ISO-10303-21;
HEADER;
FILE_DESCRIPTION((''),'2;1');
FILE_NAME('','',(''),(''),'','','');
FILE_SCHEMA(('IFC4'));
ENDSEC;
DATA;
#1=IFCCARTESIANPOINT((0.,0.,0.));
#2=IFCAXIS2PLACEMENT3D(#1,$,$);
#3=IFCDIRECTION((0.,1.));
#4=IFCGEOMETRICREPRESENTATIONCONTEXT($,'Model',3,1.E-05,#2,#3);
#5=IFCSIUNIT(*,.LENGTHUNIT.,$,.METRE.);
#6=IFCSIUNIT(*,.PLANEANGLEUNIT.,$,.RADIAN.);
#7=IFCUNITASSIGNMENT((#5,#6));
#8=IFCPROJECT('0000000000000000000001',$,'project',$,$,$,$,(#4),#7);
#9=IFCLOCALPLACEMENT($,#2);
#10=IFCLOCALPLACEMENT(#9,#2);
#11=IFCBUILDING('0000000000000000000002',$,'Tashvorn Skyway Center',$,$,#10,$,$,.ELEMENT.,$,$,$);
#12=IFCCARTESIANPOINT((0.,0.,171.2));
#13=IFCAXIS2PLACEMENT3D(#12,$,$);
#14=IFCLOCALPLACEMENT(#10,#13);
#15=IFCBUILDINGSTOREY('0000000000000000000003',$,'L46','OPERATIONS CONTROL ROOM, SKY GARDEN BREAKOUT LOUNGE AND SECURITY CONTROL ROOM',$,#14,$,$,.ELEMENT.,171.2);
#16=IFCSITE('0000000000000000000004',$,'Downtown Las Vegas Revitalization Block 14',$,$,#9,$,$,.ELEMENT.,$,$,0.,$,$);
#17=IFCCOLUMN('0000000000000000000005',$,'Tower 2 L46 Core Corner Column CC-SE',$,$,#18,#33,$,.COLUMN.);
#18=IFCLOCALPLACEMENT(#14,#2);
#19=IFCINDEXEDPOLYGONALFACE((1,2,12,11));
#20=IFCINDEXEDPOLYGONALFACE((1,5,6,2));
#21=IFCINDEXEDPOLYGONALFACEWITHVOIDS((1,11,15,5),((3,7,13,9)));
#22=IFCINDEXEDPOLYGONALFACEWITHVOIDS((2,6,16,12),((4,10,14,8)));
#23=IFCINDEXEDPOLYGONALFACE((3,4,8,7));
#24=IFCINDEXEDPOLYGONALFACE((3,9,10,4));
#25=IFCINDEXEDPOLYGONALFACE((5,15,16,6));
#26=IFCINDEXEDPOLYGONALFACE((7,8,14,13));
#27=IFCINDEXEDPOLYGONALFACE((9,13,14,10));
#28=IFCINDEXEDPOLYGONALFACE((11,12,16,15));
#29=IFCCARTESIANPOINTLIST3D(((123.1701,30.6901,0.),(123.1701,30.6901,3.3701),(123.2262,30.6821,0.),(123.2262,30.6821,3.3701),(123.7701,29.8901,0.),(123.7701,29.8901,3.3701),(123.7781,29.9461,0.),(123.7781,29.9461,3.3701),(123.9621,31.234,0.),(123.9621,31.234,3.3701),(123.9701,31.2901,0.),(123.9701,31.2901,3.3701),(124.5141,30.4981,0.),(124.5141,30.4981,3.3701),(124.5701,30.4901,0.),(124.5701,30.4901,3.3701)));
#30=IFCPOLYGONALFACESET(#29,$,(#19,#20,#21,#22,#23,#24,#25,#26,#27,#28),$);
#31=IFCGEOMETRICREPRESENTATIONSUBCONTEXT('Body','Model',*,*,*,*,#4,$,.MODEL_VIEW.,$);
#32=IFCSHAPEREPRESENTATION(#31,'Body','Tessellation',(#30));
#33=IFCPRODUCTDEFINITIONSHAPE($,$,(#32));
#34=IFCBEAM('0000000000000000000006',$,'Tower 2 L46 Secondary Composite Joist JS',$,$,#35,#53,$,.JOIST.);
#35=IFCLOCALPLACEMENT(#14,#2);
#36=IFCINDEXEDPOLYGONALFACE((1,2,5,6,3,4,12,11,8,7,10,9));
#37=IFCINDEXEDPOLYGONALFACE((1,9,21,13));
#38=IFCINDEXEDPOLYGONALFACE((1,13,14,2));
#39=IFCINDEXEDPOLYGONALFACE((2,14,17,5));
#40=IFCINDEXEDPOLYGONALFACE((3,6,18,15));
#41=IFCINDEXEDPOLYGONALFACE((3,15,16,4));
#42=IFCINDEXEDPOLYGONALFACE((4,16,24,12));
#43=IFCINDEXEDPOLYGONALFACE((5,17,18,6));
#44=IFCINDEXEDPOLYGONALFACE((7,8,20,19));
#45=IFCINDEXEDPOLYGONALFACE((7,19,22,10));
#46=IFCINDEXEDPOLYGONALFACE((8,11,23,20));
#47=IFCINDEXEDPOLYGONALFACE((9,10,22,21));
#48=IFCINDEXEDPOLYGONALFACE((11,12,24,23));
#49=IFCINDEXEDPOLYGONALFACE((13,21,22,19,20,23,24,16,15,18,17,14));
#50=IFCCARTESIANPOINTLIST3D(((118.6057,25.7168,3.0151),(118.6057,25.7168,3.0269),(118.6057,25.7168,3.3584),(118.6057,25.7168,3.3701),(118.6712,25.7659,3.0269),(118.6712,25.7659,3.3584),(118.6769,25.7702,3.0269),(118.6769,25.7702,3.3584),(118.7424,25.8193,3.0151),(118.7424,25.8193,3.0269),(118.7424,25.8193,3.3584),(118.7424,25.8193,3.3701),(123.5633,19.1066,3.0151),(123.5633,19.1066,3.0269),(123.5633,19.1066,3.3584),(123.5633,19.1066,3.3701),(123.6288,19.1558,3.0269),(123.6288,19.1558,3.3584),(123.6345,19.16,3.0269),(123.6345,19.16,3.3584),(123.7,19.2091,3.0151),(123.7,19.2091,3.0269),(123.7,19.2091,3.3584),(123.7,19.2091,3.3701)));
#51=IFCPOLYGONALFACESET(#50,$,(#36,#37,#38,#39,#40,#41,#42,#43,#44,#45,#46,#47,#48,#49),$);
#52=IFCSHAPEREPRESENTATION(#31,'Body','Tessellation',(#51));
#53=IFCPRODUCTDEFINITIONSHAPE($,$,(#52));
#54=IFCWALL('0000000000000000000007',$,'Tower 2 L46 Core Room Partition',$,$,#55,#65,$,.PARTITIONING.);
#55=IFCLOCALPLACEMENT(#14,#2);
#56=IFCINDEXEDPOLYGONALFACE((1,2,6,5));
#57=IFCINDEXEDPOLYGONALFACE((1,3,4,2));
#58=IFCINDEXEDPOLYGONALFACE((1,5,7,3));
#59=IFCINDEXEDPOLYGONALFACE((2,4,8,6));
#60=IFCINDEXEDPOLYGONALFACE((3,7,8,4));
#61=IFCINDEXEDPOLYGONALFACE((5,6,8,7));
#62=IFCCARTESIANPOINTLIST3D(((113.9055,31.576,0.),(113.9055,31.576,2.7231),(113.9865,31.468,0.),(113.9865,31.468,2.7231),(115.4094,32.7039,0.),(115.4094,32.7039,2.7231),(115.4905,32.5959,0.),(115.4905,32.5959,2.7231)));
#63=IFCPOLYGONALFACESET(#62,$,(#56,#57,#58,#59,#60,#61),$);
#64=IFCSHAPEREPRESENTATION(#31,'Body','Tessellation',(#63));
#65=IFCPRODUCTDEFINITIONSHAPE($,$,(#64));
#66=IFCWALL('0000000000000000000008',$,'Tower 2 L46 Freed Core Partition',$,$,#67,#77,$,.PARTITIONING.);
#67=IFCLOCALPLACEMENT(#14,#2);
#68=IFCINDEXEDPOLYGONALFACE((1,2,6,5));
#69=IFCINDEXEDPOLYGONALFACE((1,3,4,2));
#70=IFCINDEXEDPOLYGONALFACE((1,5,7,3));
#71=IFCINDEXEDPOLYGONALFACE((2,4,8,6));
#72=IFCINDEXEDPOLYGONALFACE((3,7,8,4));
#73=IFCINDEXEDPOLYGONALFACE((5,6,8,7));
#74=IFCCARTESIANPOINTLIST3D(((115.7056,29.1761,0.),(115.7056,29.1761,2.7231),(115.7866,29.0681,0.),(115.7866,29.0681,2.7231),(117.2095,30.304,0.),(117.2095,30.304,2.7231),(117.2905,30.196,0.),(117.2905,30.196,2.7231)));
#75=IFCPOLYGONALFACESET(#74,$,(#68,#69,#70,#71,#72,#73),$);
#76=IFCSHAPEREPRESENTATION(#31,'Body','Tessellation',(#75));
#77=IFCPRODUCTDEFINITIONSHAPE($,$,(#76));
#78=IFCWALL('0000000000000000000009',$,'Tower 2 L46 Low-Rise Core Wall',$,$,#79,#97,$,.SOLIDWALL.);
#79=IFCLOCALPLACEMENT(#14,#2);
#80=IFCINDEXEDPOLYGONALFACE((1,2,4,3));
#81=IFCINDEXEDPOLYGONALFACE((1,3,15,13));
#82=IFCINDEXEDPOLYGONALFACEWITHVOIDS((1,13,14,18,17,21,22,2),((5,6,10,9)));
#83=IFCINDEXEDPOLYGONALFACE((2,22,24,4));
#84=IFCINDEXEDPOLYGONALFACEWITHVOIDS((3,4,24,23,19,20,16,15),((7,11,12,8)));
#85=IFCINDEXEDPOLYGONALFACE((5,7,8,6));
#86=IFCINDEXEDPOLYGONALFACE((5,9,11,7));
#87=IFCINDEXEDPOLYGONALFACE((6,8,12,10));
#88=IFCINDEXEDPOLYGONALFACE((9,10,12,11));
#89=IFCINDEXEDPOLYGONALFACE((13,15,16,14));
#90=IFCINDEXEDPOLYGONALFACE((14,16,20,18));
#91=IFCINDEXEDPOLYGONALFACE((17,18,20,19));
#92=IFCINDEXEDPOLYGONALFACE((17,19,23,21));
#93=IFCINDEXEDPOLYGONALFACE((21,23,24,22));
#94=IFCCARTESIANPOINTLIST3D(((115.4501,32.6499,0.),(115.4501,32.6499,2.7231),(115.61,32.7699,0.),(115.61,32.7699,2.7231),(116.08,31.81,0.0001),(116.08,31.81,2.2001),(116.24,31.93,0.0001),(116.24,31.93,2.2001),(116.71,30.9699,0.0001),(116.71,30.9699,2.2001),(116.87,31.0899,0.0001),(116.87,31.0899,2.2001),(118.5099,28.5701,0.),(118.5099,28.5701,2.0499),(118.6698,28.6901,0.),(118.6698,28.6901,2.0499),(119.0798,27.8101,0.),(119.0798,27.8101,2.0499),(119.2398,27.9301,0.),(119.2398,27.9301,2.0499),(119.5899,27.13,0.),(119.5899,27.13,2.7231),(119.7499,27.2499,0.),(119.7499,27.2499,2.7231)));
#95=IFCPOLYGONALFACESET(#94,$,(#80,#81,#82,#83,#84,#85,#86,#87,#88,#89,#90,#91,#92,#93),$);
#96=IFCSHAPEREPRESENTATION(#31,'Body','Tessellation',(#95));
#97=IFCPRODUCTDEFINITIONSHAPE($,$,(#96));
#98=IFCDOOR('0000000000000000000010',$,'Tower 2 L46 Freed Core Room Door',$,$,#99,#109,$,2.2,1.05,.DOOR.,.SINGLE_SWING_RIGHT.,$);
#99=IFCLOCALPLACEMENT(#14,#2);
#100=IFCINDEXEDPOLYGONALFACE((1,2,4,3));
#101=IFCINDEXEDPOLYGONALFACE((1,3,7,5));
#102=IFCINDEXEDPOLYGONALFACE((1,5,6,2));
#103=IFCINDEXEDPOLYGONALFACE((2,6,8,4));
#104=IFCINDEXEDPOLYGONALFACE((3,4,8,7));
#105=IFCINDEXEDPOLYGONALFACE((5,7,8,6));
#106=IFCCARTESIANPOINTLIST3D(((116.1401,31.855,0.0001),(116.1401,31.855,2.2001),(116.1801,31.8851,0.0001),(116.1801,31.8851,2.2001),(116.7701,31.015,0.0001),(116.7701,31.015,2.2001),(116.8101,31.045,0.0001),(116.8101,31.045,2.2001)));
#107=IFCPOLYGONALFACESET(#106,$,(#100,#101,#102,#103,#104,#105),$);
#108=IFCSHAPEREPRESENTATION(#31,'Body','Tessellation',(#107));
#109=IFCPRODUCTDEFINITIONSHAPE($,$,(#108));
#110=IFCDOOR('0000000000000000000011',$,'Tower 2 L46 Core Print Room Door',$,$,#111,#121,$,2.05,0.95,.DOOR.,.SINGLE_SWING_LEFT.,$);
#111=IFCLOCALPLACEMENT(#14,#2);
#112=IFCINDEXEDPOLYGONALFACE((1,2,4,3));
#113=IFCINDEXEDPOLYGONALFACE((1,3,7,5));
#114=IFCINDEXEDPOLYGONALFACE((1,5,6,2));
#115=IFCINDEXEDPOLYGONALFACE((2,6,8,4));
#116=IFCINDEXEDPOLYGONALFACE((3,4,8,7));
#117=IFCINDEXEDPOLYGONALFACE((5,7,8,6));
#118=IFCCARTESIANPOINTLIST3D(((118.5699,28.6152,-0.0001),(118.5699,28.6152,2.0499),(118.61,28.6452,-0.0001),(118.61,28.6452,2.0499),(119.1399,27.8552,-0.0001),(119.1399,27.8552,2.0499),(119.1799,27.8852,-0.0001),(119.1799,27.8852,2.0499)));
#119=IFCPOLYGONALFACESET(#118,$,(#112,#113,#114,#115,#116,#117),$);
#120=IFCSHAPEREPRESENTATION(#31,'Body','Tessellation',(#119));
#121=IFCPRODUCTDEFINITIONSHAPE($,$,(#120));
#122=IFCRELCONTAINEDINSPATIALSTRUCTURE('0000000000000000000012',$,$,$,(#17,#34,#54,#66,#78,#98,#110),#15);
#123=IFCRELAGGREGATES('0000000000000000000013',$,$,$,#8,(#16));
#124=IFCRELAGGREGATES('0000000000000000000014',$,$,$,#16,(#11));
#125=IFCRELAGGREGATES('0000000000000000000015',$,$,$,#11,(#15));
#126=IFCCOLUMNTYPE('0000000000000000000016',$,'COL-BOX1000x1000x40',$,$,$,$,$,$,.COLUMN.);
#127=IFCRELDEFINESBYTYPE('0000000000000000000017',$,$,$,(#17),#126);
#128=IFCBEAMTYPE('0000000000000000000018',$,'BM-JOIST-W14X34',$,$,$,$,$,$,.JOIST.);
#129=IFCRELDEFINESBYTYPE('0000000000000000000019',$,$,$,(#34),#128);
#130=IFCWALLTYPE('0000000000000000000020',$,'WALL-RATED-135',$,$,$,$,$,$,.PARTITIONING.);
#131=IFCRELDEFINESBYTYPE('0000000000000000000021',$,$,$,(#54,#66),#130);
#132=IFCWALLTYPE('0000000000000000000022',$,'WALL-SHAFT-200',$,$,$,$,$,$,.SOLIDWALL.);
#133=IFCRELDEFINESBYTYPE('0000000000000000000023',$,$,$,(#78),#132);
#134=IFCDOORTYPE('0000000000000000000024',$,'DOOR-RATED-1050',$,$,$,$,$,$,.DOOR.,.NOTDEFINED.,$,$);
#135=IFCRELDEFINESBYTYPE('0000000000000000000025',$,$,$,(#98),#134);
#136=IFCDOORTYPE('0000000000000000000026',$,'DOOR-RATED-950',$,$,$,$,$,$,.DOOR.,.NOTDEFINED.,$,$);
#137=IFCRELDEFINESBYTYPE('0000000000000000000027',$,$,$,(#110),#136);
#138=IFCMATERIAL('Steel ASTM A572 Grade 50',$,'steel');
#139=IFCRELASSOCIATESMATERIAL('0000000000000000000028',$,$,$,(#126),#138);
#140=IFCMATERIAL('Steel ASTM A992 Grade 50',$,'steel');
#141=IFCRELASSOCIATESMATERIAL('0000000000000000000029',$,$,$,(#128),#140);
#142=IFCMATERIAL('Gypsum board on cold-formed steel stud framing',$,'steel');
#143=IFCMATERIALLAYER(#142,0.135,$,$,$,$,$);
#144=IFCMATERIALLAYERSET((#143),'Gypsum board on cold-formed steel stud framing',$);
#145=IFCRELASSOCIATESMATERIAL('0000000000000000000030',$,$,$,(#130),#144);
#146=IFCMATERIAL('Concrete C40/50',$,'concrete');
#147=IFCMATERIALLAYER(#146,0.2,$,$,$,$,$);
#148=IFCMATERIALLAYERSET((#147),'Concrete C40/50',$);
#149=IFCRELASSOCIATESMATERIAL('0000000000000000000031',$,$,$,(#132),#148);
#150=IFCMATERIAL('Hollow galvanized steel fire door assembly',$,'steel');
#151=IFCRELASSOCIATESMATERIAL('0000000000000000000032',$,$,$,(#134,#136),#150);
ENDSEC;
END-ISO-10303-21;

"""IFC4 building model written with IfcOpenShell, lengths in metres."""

from ifc_helpers import new_model, si_unit, direction, frame, frame_2d, origin, origin_2d, place, context, subcontext, project, spatial, rectangle, hollow_rectangle, i_section, extrude, material, layer, layer_set, material_profile, profile_set, type_object, element, fill, save


model = new_model("IFC4")

# Units and contexts
model_context = context("Model", 3, precision=1e-05, world=origin(), true_north=direction((0.0, 1.0)))
body_context = subcontext(model_context, "Body", "Model", "MODEL_VIEW")
ifc_project = project(units=[si_unit("LENGTHUNIT", "METRE"), si_unit("PLANEANGLEUNIT", "RADIAN")], contexts=[model_context])

# Site, building, storey
site_placement = place(None, origin())
site = spatial("IfcSite", under=ifc_project, at=site_placement, Name="Downtown Las Vegas Revitalization Block 14", CompositionType="ELEMENT", RefElevation=0.0)
building_placement = place(site_placement, origin())
building = spatial("IfcBuilding", under=site, at=building_placement, Name="Tashvorn Skyway Center", CompositionType="ELEMENT")
storey_placement = place(building_placement, frame((0.0, 0.0, 171.2)))
storey = spatial("IfcBuildingStorey", under=building, at=storey_placement, Name="L46", Description="OPERATIONS CONTROL ROOM, SKY GARDEN BREAKOUT LOUNGE AND SECURITY CONTROL ROOM", CompositionType="ELEMENT", Elevation=171.2)

# Column
ifc_material_1 = material(Name="Steel ASTM A572 Grade 50", Category="steel")
ifc_material_profile_1 = material_profile(ifc_material_1, hollow_rectangle(XDim=1.0, YDim=1.0, WallThickness=0.04, at=origin_2d()), Name="BOX1000x1000x40")
ifc_profile_set_1 = profile_set([ifc_material_profile_1], Name="Steel ASTM A572 Grade 50")
column_type = type_object("IfcColumnType", Name="COL-BOX1000x1000x40", PredefinedType="COLUMN", material=ifc_profile_set_1)
column_placement = place(storey_placement, frame((123.8701, 30.5901, 0.0), z_axis=(0.0, 0.0, 1.0), x_axis=(0.8, 0.6, 0.0)))
element("IfcColumn", 1, at=column_placement, inside=storey, type_object=column_type, Name="Tower 2 L46 Core Corner Column CC-SE", PredefinedType="COLUMN", context=body_context, shape_type="SweptSolid", body=[
    extrude(hollow_rectangle(XDim=1.0, YDim=1.0, WallThickness=0.04, at=origin_2d()), origin(), (0.0, 0.0, 1.0), 3.3701),
])

# Beam
ifc_material_2 = material(Name="Steel ASTM A992 Grade 50", Category="steel")
ifc_material_profile_2 = material_profile(ifc_material_2, i_section(OverallWidth=0.1709, OverallDepth=0.355, WebThickness=0.0071, FlangeThickness=0.0117, at=origin_2d()), Name="W14X34")
ifc_profile_set_2 = profile_set([ifc_material_profile_2], Name="Steel ASTM A992 Grade 50")
beam_type = type_object("IfcBeamType", Name="BM-JOIST-W14X34", PredefinedType="JOIST", material=ifc_profile_set_2)
beam_placement = place(storey_placement, frame((118.6741, 25.7681, 3.1926), z_axis=(0.599995, -0.800004, 0.0), x_axis=(0.800004, 0.599995, 0.0)))
element("IfcBeam", 2, at=beam_placement, inside=storey, type_object=beam_type, Name="Tower 2 L46 Secondary Composite Joist JS", PredefinedType="JOIST", context=body_context, shape_type="SweptSolid", body=[
    extrude(i_section(OverallWidth=0.1709, OverallDepth=0.355, WebThickness=0.0071, FlangeThickness=0.0117, at=origin_2d()), origin(), (0.0, 0.0, 1.0), 8.2627),
])

# Walls
ifc_material_3 = material(Name="Gypsum board on cold-formed steel stud framing", Category="steel")
ifc_layer_1 = layer(ifc_material_3, 0.135)
ifc_layer_set_1 = layer_set([ifc_layer_1], Name="Gypsum board on cold-formed steel stud framing")
wall_type_1 = type_object("IfcWallType", Name="WALL-RATED-135", PredefinedType="PARTITIONING", material=ifc_layer_set_1)
for number, where, z_axis, x_axis, name in (
    (3, (113.946, 31.522, 0.0), (0.0, 0.0, 1.0), (0.8, 0.6, 0.0), "Tower 2 L46 Core Room Partition"),
    (4, (115.7461, 29.1221, 0.0), (0.0, 0.0, 1.0), (0.8, 0.6, 0.0), "Tower 2 L46 Freed Core Partition"),
):
    element("IfcWall", number, at=place(storey_placement, frame(where, z_axis=z_axis, x_axis=x_axis)), inside=storey, type_object=wall_type_1, Name=name, PredefinedType="PARTITIONING", context=body_context, shape_type="SweptSolid", body=[
        extrude(rectangle(XDim=1.8799, YDim=0.135, at=frame_2d((0.9399, 0.0))), origin(), (0.0, 0.0, 1.0), 2.7231),
    ])

# Wall, openings, doors
ifc_material_4 = material(Name="Concrete C40/50", Category="concrete")
ifc_layer_2 = layer(ifc_material_4, 0.2)
ifc_layer_set_2 = layer_set([ifc_layer_2], Name="Concrete C40/50")
wall_type_2 = type_object("IfcWallType", Name="WALL-SHAFT-200", PredefinedType="SOLIDWALL", material=ifc_layer_set_2)
wall_1_placement = place(storey_placement, frame((119.6699, 27.1899, 0.0), z_axis=(0.0, 0.0, 1.0), x_axis=(-0.599989, 0.800008, 0.0)))
wall_1 = element("IfcWall", 5, at=wall_1_placement, inside=storey, type_object=wall_type_2, Name="Tower 2 L46 Low-Rise Core Wall", PredefinedType="SOLIDWALL", context=body_context, shape_type="SweptSolid", body=[
    extrude(rectangle(XDim=6.8999, YDim=0.2, at=frame_2d((3.45, 0.0))), origin(), (0.0, 0.0, 1.0), 2.7231),
])
opening_1_placement = place(wall_1_placement, frame((0.8501, 0.0, 0.0)))
opening_1 = element("IfcOpeningElement", 6, at=opening_1_placement, cuts=wall_1, PredefinedType="OPENING", context=body_context, shape_type="SweptSolid", body=[
    extrude(rectangle(XDim=0.95, YDim=2.05, at=frame_2d((0.4751, 1.0249))), frame((0.0, 0.1099, 0.0), z_axis=(0.0, -1.0, 0.0), x_axis=(1.0, 0.0, 0.0)), (0.0, 0.0, 1.0), 0.22),
])
opening_2_placement = place(wall_1_placement, frame((4.8, 0.0, 0.0)))
opening_2 = element("IfcOpeningElement", 7, at=opening_2_placement, cuts=wall_1, PredefinedType="OPENING", context=body_context, shape_type="SweptSolid", body=[
    extrude(rectangle(XDim=1.05, YDim=2.2, at=frame_2d((0.5249, 1.1001))), frame((0.0, 0.1099, 0.0), z_axis=(0.0, -1.0, 0.0), x_axis=(1.0, 0.0, 0.0)), (0.0, 0.0, 1.0), 0.22),
])
ifc_material_5 = material(Name="Hollow galvanized steel fire door assembly", Category="steel")
door_type_1 = type_object("IfcDoorType", Name="DOOR-RATED-1050", OperationType="NOTDEFINED", PredefinedType="DOOR", material=ifc_material_5)
door_1_placement = place(opening_2_placement, origin())
door_1 = element("IfcDoor", 8, at=door_1_placement, inside=storey, type_object=door_type_1, Name="Tower 2 L46 Freed Core Room Door", OperationType="SINGLE_SWING_RIGHT", OverallHeight=2.2, OverallWidth=1.05, PredefinedType="DOOR", context=body_context, shape_type="SweptSolid", body=[
    extrude(rectangle(XDim=1.05, YDim=2.2, at=frame_2d((0.5249, 1.1001))), frame((0.0, 0.0249, 0.0), z_axis=(0.0, -1.0, 0.0), x_axis=(1.0, 0.0, 0.0)), (0.0, 0.0, 1.0), 0.05),
])
fill(opening_2, door_1)
door_type_2 = type_object("IfcDoorType", Name="DOOR-RATED-950", OperationType="NOTDEFINED", PredefinedType="DOOR", material=ifc_material_5)
door_2_placement = place(opening_1_placement, origin())
door_2 = element("IfcDoor", 9, at=door_2_placement, inside=storey, type_object=door_type_2, Name="Tower 2 L46 Core Print Room Door", OperationType="SINGLE_SWING_LEFT", OverallHeight=2.05, OverallWidth=0.95, PredefinedType="DOOR", context=body_context, shape_type="SweptSolid", body=[
    extrude(rectangle(XDim=0.95, YDim=2.05, at=frame_2d((0.4751, 1.0249))), frame((0.0, 0.0249, 0.0), z_axis=(0.0, -1.0, 0.0), x_axis=(1.0, 0.0, 0.0)), (0.0, 0.0, 1.0), 0.05),
])
fill(opening_1, door_2)

save(model, "model.ifc")
